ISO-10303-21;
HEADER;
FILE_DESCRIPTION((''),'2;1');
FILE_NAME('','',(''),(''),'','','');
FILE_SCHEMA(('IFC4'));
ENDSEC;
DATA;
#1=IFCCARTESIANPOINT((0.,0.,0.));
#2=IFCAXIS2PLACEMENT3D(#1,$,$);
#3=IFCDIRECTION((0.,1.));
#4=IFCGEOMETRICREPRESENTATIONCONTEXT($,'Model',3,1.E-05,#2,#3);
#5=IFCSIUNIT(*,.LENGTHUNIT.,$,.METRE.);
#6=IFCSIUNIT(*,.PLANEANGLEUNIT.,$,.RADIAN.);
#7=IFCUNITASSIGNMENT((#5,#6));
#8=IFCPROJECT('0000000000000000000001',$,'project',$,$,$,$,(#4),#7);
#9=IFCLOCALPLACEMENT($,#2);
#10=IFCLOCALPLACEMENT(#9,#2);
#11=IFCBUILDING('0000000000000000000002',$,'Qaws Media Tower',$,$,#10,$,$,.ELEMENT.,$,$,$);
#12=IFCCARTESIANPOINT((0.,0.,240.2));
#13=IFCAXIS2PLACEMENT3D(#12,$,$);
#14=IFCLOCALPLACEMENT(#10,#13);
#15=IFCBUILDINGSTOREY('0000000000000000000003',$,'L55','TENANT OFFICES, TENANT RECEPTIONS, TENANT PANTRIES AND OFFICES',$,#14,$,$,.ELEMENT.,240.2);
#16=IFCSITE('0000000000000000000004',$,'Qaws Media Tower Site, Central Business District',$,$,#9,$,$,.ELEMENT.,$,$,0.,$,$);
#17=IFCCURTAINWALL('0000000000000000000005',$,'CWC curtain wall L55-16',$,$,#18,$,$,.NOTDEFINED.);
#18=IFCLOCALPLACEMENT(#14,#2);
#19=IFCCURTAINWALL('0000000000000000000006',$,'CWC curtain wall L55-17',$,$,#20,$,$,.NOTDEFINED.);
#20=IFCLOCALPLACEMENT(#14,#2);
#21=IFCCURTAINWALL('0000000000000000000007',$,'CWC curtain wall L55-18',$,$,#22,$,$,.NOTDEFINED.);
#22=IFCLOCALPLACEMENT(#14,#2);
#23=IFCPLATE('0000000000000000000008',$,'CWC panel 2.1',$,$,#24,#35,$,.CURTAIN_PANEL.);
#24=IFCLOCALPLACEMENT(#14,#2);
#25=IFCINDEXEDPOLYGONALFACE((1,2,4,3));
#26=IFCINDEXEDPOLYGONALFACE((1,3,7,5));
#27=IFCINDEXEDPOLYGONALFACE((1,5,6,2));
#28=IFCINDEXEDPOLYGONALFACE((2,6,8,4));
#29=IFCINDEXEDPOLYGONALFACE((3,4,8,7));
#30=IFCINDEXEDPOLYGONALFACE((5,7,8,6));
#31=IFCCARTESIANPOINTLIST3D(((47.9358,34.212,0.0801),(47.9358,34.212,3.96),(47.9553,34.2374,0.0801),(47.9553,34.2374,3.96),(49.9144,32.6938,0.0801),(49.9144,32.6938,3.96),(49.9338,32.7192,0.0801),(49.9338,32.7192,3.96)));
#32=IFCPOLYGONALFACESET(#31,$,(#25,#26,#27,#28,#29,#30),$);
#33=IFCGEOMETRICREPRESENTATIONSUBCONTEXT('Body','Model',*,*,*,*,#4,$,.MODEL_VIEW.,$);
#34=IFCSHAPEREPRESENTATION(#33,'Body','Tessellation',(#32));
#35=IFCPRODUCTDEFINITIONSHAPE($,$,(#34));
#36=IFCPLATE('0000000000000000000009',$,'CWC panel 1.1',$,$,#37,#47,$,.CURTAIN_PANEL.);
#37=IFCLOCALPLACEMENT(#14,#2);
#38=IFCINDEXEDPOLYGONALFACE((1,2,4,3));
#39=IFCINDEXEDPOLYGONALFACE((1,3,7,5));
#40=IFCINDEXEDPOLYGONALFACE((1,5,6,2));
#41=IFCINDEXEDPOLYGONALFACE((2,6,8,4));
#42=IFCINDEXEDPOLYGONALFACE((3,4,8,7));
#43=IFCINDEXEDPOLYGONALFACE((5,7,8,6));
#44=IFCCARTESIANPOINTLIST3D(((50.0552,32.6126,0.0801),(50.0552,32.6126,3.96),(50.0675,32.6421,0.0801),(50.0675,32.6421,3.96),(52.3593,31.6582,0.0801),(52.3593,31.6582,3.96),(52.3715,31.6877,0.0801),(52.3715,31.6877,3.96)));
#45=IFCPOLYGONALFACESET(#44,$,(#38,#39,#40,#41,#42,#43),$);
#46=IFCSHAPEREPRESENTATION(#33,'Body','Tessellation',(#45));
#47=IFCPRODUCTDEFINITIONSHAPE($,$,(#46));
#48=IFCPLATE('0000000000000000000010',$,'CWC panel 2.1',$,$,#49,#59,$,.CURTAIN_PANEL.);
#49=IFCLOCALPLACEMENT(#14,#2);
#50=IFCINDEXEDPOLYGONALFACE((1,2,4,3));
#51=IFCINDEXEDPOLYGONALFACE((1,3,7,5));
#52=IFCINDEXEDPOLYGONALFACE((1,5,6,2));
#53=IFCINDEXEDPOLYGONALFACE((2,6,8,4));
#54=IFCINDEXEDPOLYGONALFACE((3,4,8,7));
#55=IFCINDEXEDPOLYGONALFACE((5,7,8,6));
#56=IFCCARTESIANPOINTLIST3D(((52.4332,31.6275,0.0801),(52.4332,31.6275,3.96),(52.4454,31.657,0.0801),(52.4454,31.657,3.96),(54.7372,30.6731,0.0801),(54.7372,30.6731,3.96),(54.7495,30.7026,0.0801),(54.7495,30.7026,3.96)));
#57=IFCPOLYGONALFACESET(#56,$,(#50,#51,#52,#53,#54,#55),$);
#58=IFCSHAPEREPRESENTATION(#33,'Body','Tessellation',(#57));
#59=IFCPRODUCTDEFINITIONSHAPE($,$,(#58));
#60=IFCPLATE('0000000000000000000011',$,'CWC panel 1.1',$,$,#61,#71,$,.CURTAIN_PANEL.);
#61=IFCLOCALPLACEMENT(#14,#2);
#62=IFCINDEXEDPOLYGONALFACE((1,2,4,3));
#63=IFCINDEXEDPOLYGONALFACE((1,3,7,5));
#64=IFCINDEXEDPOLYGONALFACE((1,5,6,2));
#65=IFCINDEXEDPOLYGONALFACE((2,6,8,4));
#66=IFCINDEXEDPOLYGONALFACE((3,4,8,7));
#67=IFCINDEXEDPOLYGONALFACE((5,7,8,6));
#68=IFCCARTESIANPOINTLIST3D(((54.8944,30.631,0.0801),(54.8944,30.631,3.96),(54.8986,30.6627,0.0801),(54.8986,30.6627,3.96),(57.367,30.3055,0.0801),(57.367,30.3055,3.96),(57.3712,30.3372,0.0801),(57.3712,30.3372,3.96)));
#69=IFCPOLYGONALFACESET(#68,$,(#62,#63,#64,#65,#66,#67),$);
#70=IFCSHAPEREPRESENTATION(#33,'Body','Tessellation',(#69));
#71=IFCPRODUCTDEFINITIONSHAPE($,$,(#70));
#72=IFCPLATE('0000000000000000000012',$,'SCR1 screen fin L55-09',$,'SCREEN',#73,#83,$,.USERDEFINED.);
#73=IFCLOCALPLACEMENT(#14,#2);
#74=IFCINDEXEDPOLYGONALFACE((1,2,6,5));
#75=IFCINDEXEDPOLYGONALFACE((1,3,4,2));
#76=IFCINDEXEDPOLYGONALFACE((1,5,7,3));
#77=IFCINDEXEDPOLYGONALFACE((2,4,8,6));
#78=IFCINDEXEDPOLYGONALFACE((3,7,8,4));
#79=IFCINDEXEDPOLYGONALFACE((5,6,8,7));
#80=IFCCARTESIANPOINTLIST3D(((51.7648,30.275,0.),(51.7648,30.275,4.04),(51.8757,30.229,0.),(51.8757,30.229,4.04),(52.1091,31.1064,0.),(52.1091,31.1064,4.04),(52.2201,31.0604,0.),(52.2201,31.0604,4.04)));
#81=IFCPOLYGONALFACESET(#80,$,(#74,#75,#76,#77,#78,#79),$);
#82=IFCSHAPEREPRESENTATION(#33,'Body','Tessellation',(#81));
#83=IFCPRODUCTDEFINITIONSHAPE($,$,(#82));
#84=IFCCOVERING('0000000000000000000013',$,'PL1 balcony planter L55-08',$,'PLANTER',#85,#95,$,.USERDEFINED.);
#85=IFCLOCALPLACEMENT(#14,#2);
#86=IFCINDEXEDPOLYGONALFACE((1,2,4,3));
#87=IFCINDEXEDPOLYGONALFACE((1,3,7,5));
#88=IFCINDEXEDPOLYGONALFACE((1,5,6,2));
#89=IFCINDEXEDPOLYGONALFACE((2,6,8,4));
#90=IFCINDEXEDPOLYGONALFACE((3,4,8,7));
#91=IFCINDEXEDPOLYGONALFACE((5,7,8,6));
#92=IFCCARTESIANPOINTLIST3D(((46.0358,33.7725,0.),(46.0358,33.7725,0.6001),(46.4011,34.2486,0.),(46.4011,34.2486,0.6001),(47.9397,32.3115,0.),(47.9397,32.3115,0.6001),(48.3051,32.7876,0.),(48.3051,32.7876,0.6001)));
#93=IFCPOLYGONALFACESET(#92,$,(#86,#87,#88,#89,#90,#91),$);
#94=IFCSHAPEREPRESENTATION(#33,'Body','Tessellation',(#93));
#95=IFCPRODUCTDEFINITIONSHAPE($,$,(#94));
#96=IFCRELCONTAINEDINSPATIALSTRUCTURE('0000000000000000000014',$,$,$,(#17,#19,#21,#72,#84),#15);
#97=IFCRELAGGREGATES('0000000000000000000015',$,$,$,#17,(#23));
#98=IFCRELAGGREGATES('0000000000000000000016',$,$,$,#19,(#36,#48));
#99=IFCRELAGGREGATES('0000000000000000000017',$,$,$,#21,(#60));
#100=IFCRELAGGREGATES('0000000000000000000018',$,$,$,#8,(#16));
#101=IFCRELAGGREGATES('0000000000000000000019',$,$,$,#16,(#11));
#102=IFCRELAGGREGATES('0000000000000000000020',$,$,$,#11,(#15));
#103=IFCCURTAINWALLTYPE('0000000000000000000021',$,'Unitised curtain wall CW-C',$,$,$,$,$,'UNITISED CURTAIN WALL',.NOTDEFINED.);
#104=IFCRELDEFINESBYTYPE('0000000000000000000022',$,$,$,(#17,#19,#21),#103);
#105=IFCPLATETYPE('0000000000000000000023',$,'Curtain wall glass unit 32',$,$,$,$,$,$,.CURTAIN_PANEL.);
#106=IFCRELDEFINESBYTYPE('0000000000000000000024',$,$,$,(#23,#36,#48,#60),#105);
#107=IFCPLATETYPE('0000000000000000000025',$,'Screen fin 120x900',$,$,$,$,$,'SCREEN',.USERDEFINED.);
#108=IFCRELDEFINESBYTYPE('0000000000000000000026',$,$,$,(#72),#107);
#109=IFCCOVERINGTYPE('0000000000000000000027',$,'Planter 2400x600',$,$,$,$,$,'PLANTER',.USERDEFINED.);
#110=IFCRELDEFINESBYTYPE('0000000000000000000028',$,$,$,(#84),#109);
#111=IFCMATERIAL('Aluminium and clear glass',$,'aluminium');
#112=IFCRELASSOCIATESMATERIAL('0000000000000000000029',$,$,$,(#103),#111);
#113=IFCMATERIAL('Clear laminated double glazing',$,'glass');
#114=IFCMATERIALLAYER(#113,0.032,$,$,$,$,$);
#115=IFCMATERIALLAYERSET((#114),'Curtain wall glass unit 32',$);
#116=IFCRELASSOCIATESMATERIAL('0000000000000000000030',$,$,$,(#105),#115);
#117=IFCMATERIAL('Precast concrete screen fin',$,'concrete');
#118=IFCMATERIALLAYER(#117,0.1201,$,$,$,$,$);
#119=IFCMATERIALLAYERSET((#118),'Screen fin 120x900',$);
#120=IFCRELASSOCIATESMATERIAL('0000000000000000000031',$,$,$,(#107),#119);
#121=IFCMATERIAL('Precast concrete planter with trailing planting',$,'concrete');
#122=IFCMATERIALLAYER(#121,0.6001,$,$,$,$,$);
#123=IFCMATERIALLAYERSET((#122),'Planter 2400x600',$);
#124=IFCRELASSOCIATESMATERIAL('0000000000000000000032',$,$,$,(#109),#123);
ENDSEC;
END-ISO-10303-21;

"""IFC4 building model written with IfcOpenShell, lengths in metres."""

from ifc_helpers import new_model, si_unit, direction, frame, origin, origin_2d, place, context, subcontext, project, spatial, rectangle, extrude, material, layer, layer_set, type_object, element, aggregate, save


model = new_model("IFC4")

# Units and contexts
model_context = context("Model", 3, precision=1e-05, world=origin(), true_north=direction((0.0, 1.0)))
body_context = subcontext(model_context, "Body", "Model", "MODEL_VIEW")
ifc_project = project(units=[si_unit("LENGTHUNIT", "METRE"), si_unit("PLANEANGLEUNIT", "RADIAN")], contexts=[model_context])

# Site, building, storey
site_placement = place(None, origin())
site = spatial("IfcSite", under=ifc_project, at=site_placement, Name="Qaws Media Tower Site, Central Business District", CompositionType="ELEMENT", RefElevation=0.0)
building_placement = place(site_placement, origin())
building = spatial("IfcBuilding", under=site, at=building_placement, Name="Qaws Media Tower", CompositionType="ELEMENT")
storey_placement = place(building_placement, frame((0.0, 0.0, 240.2)))
storey = spatial("IfcBuildingStorey", under=building, at=storey_placement, Name="L55", Description="TENANT OFFICES, TENANT RECEPTIONS, TENANT PANTRIES AND OFFICES", CompositionType="ELEMENT", Elevation=240.2)

# Curtain walls
ifc_material_1 = material(Name="Aluminium and clear glass", Category="aluminium")
curtain_wall_type = type_object("IfcCurtainWallType", Name="Unitised curtain wall CW-C", ElementType="UNITISED CURTAIN WALL", PredefinedType="NOTDEFINED", material=ifc_material_1)
curtain_wall_1_placement = place(storey_placement, origin())
curtain_wall_1 = element("IfcCurtainWall", 1, at=curtain_wall_1_placement, inside=storey, type_object=curtain_wall_type, Name="CWC curtain wall L55-16", PredefinedType="NOTDEFINED")
curtain_wall_2_placement = place(storey_placement, origin())
curtain_wall_2 = element("IfcCurtainWall", 2, at=curtain_wall_2_placement, inside=storey, type_object=curtain_wall_type, Name="CWC curtain wall L55-17", PredefinedType="NOTDEFINED")

# Curtain wall
curtain_wall_3_placement = place(storey_placement, origin())
curtain_wall_3 = element("IfcCurtainWall", 3, at=curtain_wall_3_placement, inside=storey, type_object=curtain_wall_type, Name="CWC curtain wall L55-18", PredefinedType="NOTDEFINED")

# Plates
ifc_material_2 = material(Name="Clear laminated double glazing", Category="glass")
ifc_layer_1 = layer(ifc_material_2, 0.032)
ifc_layer_set_1 = layer_set([ifc_layer_1], Name="Curtain wall glass unit 32")
plate_type_1 = type_object("IfcPlateType", Name="Curtain wall glass unit 32", PredefinedType="CURTAIN_PANEL", material=ifc_layer_set_1)
plate_1_placement = place(storey_placement, frame((48.9348, 33.4656, 0.0801), z_axis=(0.0, 0.0, 1.0), x_axis=(0.793353, -0.608762, 0.0)))
plate_1 = element("IfcPlate", 4, at=plate_1_placement, type_object=plate_type_1, Name="CWC panel 2.1", PredefinedType="CURTAIN_PANEL", context=body_context, shape_type="SweptSolid", body=[
    extrude(rectangle(XDim=2.4939, YDim=0.032, at=origin_2d()), origin(), (0.0, 0.0, 1.0), 3.8799),
])
aggregate(curtain_wall_1, [plate_1])
plate_2_placement = place(storey_placement, frame((51.2134, 32.1501, 0.0801), z_axis=(0.0, 0.0, 1.0), x_axis=(0.92388, -0.382683, 0.0)))
plate_2 = element("IfcPlate", 5, at=plate_2_placement, type_object=plate_type_1, Name="CWC panel 1.1", PredefinedType="CURTAIN_PANEL", context=body_context, shape_type="SweptSolid", body=[
    extrude(rectangle(XDim=2.4939, YDim=0.032, at=origin_2d()), origin(), (0.0, 0.0, 1.0), 3.8799),
])
plate_3_placement = place(storey_placement, frame((53.5913, 31.165, 0.0801), z_axis=(0.0, 0.0, 1.0), x_axis=(0.92388, -0.382683, 0.0)))
plate_3 = element("IfcPlate", 6, at=plate_3_placement, type_object=plate_type_1, Name="CWC panel 2.1", PredefinedType="CURTAIN_PANEL", context=body_context, shape_type="SweptSolid", body=[
    extrude(rectangle(XDim=2.4939, YDim=0.032, at=origin_2d()), origin(), (0.0, 0.0, 1.0), 3.8799),
])
aggregate(curtain_wall_2, [plate_2, plate_3])
plate_4_placement = place(storey_placement, frame((56.1328, 30.4841, 0.0801), z_axis=(0.0, 0.0, 1.0), x_axis=(0.991445, -0.130526, 0.0)))
plate_4 = element("IfcPlate", 7, at=plate_4_placement, type_object=plate_type_1, Name="CWC panel 1.1", PredefinedType="CURTAIN_PANEL", context=body_context, shape_type="SweptSolid", body=[
    extrude(rectangle(XDim=2.4939, YDim=0.032, at=origin_2d()), origin(), (0.0, 0.0, 1.0), 3.8799),
])
aggregate(curtain_wall_3, [plate_4])
ifc_material_3 = material(Name="Precast concrete screen fin", Category="concrete")
ifc_layer_2 = layer(ifc_material_3, 0.1201)
ifc_layer_set_2 = layer_set([ifc_layer_2], Name="Screen fin 120x900")
plate_type_2 = type_object("IfcPlateType", Name="Screen fin 120x900", ElementType="SCREEN", PredefinedType="USERDEFINED", material=ifc_layer_set_2)
plate_5_placement = place(storey_placement, frame((51.9924, 30.6677, 0.0), z_axis=(0.0, 0.0, 1.0), x_axis=(-0.382683, -0.92388, 0.0)))
element("IfcPlate", 8, at=plate_5_placement, inside=storey, type_object=plate_type_2, Name="SCR1 screen fin L55-09", ObjectType="SCREEN", PredefinedType="USERDEFINED", context=body_context, shape_type="SweptSolid", body=[
    extrude(rectangle(XDim=0.8999, YDim=0.1201, at=origin_2d()), origin(), (0.0, 0.0, 1.0), 4.04),
])

# Covering
ifc_material_4 = material(Name="Precast concrete planter with trailing planting", Category="concrete")
ifc_layer_3 = layer(ifc_material_4, 0.6001)
ifc_layer_set_3 = layer_set([ifc_layer_3], Name="Planter 2400x600")
covering_type = type_object("IfcCoveringType", Name="Planter 2400x600", ElementType="PLANTER", PredefinedType="USERDEFINED", material=ifc_layer_set_3)
covering_placement = place(storey_placement, frame((47.1704, 33.28, 0.0), z_axis=(0.0, 0.0, 1.0), x_axis=(0.793353, -0.608761, 0.0)))
element("IfcCovering", 9, at=covering_placement, inside=storey, type_object=covering_type, Name="PL1 balcony planter L55-08", ObjectType="PLANTER", PredefinedType="USERDEFINED", context=body_context, shape_type="SweptSolid", body=[
    extrude(rectangle(XDim=2.3999, YDim=0.6001, at=origin_2d()), origin(), (0.0, 0.0, 1.0), 0.6001),
])

save(model, "model.ifc")
